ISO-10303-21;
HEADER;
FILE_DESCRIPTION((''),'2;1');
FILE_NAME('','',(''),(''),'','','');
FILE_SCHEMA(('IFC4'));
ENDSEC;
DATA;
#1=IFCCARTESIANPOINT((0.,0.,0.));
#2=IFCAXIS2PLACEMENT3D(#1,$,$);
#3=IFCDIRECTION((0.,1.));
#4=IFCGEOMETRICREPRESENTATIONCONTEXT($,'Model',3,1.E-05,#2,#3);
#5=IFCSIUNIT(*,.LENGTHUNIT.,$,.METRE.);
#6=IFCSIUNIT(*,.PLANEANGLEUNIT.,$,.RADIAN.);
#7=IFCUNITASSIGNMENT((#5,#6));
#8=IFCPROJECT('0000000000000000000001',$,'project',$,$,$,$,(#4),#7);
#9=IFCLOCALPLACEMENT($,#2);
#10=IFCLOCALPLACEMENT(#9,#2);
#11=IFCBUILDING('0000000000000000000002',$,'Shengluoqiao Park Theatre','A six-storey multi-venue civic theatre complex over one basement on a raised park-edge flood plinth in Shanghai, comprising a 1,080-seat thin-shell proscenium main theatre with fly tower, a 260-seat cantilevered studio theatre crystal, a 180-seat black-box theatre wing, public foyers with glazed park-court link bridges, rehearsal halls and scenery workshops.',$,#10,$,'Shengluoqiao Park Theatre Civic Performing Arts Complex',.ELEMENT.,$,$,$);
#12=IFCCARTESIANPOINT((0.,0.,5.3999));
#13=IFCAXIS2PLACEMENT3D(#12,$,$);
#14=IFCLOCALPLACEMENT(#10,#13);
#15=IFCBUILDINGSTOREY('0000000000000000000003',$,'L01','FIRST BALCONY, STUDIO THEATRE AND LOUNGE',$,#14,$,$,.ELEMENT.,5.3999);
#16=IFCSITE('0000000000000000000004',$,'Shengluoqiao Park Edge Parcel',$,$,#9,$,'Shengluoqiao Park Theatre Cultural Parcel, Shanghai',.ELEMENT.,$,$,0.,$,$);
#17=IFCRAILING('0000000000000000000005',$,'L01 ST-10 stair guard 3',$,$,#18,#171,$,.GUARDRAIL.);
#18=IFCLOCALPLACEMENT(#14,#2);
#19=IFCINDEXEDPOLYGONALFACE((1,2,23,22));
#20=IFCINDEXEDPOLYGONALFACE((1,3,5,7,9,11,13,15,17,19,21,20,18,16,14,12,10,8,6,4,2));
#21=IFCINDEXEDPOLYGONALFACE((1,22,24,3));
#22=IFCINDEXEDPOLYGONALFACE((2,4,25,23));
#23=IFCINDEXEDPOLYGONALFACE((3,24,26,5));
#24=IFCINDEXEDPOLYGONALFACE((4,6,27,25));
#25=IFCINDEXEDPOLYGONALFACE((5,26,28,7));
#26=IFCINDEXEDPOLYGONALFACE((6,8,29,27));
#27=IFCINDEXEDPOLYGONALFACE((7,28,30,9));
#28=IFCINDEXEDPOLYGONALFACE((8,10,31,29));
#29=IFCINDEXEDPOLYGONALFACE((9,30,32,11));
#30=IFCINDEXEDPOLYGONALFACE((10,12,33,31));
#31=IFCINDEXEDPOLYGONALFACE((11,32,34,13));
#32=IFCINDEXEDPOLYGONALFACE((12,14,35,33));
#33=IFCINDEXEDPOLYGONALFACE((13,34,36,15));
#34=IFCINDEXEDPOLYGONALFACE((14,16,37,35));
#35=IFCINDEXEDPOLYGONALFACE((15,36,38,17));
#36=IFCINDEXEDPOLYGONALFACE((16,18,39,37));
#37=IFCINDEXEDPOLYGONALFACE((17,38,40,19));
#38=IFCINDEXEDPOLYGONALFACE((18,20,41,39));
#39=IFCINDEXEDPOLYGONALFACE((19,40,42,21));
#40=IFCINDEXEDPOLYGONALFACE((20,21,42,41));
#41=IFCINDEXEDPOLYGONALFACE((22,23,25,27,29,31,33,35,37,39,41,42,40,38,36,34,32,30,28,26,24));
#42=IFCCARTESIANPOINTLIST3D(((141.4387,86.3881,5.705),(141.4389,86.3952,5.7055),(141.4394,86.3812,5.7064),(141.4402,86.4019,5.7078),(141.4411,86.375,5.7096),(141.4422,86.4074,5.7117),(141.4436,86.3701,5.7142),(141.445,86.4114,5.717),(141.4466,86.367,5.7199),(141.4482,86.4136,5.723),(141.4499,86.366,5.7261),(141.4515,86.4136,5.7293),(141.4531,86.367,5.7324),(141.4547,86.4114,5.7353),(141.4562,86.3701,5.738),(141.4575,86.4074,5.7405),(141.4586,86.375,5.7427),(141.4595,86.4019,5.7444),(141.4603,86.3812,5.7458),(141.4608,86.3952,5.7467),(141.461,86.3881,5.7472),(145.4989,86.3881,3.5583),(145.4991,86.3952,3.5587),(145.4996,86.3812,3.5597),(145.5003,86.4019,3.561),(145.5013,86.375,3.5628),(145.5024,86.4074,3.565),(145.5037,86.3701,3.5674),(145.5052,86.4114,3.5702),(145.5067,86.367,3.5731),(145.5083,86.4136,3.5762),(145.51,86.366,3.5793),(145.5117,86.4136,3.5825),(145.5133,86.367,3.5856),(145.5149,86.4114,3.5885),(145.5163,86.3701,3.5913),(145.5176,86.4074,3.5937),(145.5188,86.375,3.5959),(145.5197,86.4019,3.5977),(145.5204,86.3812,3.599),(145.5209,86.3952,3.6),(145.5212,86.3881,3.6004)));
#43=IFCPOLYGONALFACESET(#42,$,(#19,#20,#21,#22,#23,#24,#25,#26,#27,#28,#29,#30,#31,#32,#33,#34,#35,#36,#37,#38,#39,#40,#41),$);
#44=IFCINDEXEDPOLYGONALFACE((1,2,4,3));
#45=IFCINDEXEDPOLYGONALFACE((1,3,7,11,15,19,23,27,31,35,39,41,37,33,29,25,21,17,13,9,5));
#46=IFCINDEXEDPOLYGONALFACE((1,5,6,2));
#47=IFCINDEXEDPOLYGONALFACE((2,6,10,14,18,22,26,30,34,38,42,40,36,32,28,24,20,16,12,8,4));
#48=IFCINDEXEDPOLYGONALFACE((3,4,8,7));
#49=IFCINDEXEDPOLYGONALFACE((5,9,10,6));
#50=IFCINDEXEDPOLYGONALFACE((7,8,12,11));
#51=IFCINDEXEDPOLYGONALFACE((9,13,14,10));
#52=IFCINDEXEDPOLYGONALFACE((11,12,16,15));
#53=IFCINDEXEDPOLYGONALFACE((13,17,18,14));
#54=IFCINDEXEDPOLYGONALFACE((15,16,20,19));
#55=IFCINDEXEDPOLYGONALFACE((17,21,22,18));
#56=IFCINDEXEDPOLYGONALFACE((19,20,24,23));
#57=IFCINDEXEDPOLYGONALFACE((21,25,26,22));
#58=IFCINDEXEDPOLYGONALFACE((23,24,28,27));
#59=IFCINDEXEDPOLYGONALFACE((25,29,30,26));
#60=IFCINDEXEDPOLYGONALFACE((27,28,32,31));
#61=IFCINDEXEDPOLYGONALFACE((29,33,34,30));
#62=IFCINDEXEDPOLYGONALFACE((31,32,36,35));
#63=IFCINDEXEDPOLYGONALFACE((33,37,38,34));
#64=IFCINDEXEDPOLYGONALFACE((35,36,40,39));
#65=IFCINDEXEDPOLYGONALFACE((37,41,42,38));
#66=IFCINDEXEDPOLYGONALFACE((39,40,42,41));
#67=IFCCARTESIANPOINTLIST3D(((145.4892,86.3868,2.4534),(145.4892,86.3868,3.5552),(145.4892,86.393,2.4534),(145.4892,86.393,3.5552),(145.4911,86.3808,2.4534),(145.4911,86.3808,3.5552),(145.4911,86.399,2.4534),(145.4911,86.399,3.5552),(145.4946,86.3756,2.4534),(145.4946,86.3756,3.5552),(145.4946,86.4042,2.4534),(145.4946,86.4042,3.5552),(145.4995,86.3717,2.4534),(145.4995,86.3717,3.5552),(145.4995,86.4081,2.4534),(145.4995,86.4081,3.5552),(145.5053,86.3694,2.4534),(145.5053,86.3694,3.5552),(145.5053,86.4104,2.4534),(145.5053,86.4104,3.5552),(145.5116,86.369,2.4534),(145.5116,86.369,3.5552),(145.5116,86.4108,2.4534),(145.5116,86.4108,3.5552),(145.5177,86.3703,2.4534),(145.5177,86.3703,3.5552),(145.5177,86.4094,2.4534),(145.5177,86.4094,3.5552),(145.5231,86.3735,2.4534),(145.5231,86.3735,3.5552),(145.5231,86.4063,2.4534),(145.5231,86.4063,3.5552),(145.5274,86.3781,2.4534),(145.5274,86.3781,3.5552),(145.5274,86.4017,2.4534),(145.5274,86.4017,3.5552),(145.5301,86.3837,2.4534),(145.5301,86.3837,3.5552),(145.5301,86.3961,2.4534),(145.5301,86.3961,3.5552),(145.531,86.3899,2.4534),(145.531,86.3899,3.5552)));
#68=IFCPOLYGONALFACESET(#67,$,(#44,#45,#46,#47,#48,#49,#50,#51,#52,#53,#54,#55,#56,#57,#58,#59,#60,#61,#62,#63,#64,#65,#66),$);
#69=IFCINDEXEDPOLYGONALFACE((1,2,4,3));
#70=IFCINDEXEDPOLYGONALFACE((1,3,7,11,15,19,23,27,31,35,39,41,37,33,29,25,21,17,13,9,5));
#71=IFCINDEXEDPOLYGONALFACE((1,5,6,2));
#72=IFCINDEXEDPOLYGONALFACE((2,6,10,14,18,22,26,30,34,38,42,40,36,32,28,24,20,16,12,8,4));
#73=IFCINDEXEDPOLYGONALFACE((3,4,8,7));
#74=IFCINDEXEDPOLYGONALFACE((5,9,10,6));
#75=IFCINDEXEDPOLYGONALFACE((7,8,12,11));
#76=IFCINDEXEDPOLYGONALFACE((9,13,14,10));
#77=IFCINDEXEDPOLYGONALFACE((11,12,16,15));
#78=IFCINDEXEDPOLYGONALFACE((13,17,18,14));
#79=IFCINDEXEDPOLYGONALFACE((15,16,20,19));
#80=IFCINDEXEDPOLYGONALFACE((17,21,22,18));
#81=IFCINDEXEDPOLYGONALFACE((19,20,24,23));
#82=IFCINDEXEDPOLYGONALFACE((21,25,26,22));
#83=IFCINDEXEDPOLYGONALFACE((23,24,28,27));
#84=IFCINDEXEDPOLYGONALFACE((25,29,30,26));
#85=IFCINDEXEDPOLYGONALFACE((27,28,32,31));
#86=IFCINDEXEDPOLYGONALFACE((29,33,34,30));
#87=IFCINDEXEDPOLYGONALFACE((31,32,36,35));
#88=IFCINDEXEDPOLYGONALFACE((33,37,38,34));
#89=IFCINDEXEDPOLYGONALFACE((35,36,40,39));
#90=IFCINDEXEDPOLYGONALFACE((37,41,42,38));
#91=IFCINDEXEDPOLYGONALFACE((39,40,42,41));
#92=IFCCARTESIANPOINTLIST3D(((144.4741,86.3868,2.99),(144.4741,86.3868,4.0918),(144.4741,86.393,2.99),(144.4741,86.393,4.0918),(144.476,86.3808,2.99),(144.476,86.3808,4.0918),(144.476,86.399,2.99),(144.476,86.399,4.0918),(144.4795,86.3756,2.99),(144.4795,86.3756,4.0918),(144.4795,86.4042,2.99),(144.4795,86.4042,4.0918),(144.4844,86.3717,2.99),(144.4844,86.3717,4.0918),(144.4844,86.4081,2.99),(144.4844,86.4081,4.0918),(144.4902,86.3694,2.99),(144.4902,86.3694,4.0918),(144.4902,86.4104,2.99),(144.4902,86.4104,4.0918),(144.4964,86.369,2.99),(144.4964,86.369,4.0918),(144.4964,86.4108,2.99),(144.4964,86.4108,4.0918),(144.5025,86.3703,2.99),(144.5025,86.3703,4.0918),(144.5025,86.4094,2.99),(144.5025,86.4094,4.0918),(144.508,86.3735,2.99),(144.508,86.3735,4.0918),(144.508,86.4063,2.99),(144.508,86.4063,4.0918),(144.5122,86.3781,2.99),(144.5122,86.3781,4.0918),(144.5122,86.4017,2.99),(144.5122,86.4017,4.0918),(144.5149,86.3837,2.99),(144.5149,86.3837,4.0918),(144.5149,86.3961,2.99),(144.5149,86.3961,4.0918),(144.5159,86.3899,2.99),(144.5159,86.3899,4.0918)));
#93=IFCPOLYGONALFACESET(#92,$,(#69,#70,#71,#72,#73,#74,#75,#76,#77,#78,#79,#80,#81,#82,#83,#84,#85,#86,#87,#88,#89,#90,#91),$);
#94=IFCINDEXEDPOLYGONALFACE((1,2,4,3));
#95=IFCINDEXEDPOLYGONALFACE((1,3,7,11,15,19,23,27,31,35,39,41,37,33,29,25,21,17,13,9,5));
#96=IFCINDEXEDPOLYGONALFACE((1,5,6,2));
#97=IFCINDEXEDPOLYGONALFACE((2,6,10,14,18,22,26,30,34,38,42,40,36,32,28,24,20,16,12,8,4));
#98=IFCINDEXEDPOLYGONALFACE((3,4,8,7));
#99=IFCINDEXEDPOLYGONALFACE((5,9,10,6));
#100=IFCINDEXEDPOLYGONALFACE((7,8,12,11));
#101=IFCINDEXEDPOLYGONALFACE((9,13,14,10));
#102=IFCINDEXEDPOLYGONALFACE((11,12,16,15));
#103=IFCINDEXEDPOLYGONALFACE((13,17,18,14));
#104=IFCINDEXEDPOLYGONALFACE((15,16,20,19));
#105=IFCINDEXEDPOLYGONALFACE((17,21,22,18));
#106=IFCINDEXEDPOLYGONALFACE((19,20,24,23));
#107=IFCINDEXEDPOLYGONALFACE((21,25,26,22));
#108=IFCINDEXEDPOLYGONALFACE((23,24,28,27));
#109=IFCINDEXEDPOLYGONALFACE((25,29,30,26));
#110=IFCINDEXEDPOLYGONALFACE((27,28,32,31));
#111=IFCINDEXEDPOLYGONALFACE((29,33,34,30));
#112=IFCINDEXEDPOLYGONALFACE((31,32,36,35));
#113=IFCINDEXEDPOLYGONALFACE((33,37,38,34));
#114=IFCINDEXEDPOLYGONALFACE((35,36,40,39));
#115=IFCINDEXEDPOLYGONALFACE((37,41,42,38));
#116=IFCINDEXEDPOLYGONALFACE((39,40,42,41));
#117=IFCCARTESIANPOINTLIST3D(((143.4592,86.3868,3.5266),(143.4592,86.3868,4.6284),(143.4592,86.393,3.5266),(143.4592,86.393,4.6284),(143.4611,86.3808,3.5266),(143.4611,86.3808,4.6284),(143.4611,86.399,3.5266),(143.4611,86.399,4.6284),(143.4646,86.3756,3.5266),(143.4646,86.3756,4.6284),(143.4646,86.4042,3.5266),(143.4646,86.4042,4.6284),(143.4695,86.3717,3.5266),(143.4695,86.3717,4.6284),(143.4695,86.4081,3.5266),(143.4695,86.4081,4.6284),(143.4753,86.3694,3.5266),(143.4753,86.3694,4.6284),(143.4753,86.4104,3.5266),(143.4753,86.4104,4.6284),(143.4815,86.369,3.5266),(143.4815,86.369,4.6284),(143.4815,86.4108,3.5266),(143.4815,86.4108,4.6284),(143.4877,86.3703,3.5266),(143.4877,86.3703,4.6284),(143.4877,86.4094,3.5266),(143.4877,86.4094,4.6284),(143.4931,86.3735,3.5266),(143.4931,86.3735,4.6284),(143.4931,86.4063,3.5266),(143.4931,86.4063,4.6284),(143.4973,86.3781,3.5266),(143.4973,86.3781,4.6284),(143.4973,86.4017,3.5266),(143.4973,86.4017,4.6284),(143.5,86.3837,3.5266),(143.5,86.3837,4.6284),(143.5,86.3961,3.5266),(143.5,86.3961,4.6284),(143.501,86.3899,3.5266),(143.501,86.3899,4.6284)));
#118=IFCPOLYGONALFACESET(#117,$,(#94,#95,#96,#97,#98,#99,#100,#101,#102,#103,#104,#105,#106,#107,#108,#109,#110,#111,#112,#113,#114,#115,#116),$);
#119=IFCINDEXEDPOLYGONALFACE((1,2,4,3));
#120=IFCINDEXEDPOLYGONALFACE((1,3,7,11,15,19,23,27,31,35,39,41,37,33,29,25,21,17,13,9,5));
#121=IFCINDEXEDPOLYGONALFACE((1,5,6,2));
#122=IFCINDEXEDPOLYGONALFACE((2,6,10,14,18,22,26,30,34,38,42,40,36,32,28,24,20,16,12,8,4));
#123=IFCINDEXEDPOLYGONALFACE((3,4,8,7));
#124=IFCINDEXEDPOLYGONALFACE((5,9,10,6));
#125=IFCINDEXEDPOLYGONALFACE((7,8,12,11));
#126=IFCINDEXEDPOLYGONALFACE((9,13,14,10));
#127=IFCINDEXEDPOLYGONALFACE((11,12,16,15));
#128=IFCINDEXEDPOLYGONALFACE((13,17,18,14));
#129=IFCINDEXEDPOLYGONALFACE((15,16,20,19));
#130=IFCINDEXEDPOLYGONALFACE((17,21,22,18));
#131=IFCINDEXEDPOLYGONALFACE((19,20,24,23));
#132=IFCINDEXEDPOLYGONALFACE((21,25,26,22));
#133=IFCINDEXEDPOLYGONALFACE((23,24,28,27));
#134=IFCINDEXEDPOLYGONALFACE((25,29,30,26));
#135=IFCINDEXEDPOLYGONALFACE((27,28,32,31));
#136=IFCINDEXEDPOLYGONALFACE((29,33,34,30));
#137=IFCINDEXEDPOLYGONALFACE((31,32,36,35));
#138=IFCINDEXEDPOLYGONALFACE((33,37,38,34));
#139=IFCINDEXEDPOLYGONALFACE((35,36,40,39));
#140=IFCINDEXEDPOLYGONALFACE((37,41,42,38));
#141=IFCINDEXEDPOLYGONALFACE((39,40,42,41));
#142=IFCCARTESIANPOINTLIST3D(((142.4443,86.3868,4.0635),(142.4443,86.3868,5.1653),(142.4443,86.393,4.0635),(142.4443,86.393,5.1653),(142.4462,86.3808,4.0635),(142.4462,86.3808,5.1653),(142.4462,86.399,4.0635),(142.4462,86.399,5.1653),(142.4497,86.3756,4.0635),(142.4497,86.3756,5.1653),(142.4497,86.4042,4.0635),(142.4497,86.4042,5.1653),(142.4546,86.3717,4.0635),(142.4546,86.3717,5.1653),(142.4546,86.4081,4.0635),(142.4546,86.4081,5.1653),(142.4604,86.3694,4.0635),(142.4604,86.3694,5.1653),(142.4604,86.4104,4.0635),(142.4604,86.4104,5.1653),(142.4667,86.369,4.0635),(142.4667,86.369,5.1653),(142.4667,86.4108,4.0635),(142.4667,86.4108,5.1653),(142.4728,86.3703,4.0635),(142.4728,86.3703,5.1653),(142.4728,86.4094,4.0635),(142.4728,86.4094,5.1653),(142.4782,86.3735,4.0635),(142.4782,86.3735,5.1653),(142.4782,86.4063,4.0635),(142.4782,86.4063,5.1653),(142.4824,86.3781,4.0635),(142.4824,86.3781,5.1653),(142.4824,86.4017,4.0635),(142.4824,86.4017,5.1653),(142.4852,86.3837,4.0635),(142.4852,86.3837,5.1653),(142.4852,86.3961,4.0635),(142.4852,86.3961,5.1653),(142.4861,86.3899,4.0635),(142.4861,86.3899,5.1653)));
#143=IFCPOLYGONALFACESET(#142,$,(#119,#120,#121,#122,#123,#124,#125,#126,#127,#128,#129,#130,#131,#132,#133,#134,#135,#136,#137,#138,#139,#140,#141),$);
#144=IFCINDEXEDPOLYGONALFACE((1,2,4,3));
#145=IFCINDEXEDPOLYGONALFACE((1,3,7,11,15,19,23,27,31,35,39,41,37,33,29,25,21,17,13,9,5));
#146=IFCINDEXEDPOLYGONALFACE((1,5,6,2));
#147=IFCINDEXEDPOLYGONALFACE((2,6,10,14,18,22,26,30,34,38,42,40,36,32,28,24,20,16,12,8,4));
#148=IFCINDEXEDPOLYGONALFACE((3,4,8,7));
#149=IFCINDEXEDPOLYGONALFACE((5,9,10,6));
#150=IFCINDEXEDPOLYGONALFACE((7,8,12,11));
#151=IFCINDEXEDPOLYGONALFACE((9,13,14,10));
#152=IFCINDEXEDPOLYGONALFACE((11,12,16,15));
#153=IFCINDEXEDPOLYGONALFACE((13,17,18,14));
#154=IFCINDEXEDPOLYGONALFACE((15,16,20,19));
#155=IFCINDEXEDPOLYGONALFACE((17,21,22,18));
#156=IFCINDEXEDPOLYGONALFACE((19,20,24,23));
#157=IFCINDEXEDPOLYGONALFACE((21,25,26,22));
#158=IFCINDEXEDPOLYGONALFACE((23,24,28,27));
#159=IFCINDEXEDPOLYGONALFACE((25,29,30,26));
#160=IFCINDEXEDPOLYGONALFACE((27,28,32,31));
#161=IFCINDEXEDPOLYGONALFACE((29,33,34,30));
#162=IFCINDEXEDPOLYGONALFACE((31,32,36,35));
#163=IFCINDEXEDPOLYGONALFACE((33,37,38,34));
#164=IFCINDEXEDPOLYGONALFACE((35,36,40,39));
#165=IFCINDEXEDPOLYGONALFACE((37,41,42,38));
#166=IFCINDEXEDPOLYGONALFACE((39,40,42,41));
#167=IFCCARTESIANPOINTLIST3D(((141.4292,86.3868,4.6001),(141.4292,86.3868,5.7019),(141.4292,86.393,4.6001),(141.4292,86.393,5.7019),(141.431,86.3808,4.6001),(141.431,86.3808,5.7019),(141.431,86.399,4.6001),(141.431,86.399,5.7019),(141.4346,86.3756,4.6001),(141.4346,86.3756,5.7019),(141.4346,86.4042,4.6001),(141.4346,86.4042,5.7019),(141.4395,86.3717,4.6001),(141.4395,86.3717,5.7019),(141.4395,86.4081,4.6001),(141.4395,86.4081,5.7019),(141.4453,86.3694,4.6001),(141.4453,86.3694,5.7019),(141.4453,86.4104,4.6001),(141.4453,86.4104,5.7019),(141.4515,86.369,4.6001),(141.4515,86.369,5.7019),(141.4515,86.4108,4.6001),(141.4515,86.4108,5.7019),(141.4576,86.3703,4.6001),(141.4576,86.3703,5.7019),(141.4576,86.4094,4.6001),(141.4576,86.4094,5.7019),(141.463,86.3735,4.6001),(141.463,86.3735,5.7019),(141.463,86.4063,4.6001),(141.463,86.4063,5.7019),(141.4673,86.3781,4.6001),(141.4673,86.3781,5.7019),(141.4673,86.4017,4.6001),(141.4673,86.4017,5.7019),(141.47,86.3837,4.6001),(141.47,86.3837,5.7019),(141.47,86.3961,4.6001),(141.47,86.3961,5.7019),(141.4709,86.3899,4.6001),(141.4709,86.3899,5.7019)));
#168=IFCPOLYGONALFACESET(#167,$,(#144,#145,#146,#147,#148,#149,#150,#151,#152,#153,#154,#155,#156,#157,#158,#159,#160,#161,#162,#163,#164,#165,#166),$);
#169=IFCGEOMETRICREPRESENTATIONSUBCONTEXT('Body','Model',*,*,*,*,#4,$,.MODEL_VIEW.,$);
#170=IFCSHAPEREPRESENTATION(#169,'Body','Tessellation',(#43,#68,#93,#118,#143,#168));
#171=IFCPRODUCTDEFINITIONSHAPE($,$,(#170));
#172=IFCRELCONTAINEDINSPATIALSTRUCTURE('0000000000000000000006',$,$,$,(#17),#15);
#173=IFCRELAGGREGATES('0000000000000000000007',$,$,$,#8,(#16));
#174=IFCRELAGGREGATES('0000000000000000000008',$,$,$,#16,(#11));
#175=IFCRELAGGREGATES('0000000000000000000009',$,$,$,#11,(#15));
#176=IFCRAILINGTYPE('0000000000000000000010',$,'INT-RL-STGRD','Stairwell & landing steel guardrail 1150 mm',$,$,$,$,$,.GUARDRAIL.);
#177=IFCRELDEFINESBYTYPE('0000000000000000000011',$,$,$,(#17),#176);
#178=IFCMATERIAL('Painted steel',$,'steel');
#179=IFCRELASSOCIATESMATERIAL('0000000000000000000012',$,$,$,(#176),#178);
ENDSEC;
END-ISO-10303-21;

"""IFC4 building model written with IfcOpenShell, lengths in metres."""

from ifc_helpers import new_model, si_unit, direction, frame, origin, origin_2d, place, context, subcontext, project, spatial, circle, extrude, material, type_object, element, save


model = new_model("IFC4")

# Units and contexts
model_context = context("Model", 3, precision=1e-05, world=origin(), true_north=direction((0.0, 1.0)))
body_context = subcontext(model_context, "Body", "Model", "MODEL_VIEW")
ifc_project = project(units=[si_unit("LENGTHUNIT", "METRE"), si_unit("PLANEANGLEUNIT", "RADIAN")], contexts=[model_context])

# Site, building, storey
site_placement = place(None, origin())
site = spatial("IfcSite", under=ifc_project, at=site_placement, Name="Shengluoqiao Park Edge Parcel", LongName="Shengluoqiao Park Theatre Cultural Parcel, Shanghai", CompositionType="ELEMENT", RefElevation=0.0)
building_placement = place(site_placement, origin())
building = spatial("IfcBuilding", under=site, at=building_placement, Name="Shengluoqiao Park Theatre", Description="A six-storey multi-venue civic theatre complex over one basement on a raised park-edge flood plinth in Shanghai, comprising a 1,080-seat thin-shell proscenium main theatre with fly tower, a 260-seat cantilevered studio theatre crystal, a 180-seat black-box theatre wing, public foyers with glazed park-court link bridges, rehearsal halls and scenery workshops.", LongName="Shengluoqiao Park Theatre Civic Performing Arts Complex", CompositionType="ELEMENT")
storey_placement = place(building_placement, frame((0.0, 0.0, 5.3999)))
storey = spatial("IfcBuildingStorey", under=building, at=storey_placement, Name="L01", Description="FIRST BALCONY, STUDIO THEATRE AND LOUNGE", CompositionType="ELEMENT", Elevation=5.3999)

# Railing
ifc_material_1 = material(Name="Painted steel", Category="steel")
railing_type_1 = type_object("IfcRailingType", Name="INT-RL-STGRD", Description="Stairwell & landing steel guardrail 1150 mm", PredefinedType="GUARDRAIL", material=ifc_material_1)
railing_1_placement = place(storey_placement, frame((145.51, 86.3899, 2.4534)))
element("IfcRailing", 1, at=railing_1_placement, inside=storey, type_object=railing_type_1, Name="L01 ST-10 stair guard 3", PredefinedType="GUARDRAIL", context=body_context, shape_type="SweptSolid", body=[
    extrude(circle(Radius=0.0239, at=origin_2d()), frame((0.0, 0.0, 1.126), z_axis=(-0.884032, 0.0, 0.467426), x_axis=(0.0, -1.0, 0.0)), (0.0, 0.0, 1.0), 4.5928),
    extrude(circle(Radius=0.021, at=origin_2d()), origin(), (0.0, 0.0, 1.0), 1.1018),
    extrude(circle(Radius=0.021, at=origin_2d()), frame((-1.0151, 0.0, 0.5366)), (0.0, 0.0, 1.0), 1.1018),
    extrude(circle(Radius=0.021, at=origin_2d()), frame((-2.03, 0.0, 1.0732)), (0.0, 0.0, 1.0), 1.1018),
    extrude(circle(Radius=0.021, at=origin_2d()), frame((-3.0449, 0.0, 1.6101)), (0.0, 0.0, 1.0), 1.1018),
    extrude(circle(Radius=0.021, at=origin_2d()), frame((-4.0601, 0.0, 2.1467)), (0.0, 0.0, 1.0), 1.1018),
])

save(model, "model.ifc")
